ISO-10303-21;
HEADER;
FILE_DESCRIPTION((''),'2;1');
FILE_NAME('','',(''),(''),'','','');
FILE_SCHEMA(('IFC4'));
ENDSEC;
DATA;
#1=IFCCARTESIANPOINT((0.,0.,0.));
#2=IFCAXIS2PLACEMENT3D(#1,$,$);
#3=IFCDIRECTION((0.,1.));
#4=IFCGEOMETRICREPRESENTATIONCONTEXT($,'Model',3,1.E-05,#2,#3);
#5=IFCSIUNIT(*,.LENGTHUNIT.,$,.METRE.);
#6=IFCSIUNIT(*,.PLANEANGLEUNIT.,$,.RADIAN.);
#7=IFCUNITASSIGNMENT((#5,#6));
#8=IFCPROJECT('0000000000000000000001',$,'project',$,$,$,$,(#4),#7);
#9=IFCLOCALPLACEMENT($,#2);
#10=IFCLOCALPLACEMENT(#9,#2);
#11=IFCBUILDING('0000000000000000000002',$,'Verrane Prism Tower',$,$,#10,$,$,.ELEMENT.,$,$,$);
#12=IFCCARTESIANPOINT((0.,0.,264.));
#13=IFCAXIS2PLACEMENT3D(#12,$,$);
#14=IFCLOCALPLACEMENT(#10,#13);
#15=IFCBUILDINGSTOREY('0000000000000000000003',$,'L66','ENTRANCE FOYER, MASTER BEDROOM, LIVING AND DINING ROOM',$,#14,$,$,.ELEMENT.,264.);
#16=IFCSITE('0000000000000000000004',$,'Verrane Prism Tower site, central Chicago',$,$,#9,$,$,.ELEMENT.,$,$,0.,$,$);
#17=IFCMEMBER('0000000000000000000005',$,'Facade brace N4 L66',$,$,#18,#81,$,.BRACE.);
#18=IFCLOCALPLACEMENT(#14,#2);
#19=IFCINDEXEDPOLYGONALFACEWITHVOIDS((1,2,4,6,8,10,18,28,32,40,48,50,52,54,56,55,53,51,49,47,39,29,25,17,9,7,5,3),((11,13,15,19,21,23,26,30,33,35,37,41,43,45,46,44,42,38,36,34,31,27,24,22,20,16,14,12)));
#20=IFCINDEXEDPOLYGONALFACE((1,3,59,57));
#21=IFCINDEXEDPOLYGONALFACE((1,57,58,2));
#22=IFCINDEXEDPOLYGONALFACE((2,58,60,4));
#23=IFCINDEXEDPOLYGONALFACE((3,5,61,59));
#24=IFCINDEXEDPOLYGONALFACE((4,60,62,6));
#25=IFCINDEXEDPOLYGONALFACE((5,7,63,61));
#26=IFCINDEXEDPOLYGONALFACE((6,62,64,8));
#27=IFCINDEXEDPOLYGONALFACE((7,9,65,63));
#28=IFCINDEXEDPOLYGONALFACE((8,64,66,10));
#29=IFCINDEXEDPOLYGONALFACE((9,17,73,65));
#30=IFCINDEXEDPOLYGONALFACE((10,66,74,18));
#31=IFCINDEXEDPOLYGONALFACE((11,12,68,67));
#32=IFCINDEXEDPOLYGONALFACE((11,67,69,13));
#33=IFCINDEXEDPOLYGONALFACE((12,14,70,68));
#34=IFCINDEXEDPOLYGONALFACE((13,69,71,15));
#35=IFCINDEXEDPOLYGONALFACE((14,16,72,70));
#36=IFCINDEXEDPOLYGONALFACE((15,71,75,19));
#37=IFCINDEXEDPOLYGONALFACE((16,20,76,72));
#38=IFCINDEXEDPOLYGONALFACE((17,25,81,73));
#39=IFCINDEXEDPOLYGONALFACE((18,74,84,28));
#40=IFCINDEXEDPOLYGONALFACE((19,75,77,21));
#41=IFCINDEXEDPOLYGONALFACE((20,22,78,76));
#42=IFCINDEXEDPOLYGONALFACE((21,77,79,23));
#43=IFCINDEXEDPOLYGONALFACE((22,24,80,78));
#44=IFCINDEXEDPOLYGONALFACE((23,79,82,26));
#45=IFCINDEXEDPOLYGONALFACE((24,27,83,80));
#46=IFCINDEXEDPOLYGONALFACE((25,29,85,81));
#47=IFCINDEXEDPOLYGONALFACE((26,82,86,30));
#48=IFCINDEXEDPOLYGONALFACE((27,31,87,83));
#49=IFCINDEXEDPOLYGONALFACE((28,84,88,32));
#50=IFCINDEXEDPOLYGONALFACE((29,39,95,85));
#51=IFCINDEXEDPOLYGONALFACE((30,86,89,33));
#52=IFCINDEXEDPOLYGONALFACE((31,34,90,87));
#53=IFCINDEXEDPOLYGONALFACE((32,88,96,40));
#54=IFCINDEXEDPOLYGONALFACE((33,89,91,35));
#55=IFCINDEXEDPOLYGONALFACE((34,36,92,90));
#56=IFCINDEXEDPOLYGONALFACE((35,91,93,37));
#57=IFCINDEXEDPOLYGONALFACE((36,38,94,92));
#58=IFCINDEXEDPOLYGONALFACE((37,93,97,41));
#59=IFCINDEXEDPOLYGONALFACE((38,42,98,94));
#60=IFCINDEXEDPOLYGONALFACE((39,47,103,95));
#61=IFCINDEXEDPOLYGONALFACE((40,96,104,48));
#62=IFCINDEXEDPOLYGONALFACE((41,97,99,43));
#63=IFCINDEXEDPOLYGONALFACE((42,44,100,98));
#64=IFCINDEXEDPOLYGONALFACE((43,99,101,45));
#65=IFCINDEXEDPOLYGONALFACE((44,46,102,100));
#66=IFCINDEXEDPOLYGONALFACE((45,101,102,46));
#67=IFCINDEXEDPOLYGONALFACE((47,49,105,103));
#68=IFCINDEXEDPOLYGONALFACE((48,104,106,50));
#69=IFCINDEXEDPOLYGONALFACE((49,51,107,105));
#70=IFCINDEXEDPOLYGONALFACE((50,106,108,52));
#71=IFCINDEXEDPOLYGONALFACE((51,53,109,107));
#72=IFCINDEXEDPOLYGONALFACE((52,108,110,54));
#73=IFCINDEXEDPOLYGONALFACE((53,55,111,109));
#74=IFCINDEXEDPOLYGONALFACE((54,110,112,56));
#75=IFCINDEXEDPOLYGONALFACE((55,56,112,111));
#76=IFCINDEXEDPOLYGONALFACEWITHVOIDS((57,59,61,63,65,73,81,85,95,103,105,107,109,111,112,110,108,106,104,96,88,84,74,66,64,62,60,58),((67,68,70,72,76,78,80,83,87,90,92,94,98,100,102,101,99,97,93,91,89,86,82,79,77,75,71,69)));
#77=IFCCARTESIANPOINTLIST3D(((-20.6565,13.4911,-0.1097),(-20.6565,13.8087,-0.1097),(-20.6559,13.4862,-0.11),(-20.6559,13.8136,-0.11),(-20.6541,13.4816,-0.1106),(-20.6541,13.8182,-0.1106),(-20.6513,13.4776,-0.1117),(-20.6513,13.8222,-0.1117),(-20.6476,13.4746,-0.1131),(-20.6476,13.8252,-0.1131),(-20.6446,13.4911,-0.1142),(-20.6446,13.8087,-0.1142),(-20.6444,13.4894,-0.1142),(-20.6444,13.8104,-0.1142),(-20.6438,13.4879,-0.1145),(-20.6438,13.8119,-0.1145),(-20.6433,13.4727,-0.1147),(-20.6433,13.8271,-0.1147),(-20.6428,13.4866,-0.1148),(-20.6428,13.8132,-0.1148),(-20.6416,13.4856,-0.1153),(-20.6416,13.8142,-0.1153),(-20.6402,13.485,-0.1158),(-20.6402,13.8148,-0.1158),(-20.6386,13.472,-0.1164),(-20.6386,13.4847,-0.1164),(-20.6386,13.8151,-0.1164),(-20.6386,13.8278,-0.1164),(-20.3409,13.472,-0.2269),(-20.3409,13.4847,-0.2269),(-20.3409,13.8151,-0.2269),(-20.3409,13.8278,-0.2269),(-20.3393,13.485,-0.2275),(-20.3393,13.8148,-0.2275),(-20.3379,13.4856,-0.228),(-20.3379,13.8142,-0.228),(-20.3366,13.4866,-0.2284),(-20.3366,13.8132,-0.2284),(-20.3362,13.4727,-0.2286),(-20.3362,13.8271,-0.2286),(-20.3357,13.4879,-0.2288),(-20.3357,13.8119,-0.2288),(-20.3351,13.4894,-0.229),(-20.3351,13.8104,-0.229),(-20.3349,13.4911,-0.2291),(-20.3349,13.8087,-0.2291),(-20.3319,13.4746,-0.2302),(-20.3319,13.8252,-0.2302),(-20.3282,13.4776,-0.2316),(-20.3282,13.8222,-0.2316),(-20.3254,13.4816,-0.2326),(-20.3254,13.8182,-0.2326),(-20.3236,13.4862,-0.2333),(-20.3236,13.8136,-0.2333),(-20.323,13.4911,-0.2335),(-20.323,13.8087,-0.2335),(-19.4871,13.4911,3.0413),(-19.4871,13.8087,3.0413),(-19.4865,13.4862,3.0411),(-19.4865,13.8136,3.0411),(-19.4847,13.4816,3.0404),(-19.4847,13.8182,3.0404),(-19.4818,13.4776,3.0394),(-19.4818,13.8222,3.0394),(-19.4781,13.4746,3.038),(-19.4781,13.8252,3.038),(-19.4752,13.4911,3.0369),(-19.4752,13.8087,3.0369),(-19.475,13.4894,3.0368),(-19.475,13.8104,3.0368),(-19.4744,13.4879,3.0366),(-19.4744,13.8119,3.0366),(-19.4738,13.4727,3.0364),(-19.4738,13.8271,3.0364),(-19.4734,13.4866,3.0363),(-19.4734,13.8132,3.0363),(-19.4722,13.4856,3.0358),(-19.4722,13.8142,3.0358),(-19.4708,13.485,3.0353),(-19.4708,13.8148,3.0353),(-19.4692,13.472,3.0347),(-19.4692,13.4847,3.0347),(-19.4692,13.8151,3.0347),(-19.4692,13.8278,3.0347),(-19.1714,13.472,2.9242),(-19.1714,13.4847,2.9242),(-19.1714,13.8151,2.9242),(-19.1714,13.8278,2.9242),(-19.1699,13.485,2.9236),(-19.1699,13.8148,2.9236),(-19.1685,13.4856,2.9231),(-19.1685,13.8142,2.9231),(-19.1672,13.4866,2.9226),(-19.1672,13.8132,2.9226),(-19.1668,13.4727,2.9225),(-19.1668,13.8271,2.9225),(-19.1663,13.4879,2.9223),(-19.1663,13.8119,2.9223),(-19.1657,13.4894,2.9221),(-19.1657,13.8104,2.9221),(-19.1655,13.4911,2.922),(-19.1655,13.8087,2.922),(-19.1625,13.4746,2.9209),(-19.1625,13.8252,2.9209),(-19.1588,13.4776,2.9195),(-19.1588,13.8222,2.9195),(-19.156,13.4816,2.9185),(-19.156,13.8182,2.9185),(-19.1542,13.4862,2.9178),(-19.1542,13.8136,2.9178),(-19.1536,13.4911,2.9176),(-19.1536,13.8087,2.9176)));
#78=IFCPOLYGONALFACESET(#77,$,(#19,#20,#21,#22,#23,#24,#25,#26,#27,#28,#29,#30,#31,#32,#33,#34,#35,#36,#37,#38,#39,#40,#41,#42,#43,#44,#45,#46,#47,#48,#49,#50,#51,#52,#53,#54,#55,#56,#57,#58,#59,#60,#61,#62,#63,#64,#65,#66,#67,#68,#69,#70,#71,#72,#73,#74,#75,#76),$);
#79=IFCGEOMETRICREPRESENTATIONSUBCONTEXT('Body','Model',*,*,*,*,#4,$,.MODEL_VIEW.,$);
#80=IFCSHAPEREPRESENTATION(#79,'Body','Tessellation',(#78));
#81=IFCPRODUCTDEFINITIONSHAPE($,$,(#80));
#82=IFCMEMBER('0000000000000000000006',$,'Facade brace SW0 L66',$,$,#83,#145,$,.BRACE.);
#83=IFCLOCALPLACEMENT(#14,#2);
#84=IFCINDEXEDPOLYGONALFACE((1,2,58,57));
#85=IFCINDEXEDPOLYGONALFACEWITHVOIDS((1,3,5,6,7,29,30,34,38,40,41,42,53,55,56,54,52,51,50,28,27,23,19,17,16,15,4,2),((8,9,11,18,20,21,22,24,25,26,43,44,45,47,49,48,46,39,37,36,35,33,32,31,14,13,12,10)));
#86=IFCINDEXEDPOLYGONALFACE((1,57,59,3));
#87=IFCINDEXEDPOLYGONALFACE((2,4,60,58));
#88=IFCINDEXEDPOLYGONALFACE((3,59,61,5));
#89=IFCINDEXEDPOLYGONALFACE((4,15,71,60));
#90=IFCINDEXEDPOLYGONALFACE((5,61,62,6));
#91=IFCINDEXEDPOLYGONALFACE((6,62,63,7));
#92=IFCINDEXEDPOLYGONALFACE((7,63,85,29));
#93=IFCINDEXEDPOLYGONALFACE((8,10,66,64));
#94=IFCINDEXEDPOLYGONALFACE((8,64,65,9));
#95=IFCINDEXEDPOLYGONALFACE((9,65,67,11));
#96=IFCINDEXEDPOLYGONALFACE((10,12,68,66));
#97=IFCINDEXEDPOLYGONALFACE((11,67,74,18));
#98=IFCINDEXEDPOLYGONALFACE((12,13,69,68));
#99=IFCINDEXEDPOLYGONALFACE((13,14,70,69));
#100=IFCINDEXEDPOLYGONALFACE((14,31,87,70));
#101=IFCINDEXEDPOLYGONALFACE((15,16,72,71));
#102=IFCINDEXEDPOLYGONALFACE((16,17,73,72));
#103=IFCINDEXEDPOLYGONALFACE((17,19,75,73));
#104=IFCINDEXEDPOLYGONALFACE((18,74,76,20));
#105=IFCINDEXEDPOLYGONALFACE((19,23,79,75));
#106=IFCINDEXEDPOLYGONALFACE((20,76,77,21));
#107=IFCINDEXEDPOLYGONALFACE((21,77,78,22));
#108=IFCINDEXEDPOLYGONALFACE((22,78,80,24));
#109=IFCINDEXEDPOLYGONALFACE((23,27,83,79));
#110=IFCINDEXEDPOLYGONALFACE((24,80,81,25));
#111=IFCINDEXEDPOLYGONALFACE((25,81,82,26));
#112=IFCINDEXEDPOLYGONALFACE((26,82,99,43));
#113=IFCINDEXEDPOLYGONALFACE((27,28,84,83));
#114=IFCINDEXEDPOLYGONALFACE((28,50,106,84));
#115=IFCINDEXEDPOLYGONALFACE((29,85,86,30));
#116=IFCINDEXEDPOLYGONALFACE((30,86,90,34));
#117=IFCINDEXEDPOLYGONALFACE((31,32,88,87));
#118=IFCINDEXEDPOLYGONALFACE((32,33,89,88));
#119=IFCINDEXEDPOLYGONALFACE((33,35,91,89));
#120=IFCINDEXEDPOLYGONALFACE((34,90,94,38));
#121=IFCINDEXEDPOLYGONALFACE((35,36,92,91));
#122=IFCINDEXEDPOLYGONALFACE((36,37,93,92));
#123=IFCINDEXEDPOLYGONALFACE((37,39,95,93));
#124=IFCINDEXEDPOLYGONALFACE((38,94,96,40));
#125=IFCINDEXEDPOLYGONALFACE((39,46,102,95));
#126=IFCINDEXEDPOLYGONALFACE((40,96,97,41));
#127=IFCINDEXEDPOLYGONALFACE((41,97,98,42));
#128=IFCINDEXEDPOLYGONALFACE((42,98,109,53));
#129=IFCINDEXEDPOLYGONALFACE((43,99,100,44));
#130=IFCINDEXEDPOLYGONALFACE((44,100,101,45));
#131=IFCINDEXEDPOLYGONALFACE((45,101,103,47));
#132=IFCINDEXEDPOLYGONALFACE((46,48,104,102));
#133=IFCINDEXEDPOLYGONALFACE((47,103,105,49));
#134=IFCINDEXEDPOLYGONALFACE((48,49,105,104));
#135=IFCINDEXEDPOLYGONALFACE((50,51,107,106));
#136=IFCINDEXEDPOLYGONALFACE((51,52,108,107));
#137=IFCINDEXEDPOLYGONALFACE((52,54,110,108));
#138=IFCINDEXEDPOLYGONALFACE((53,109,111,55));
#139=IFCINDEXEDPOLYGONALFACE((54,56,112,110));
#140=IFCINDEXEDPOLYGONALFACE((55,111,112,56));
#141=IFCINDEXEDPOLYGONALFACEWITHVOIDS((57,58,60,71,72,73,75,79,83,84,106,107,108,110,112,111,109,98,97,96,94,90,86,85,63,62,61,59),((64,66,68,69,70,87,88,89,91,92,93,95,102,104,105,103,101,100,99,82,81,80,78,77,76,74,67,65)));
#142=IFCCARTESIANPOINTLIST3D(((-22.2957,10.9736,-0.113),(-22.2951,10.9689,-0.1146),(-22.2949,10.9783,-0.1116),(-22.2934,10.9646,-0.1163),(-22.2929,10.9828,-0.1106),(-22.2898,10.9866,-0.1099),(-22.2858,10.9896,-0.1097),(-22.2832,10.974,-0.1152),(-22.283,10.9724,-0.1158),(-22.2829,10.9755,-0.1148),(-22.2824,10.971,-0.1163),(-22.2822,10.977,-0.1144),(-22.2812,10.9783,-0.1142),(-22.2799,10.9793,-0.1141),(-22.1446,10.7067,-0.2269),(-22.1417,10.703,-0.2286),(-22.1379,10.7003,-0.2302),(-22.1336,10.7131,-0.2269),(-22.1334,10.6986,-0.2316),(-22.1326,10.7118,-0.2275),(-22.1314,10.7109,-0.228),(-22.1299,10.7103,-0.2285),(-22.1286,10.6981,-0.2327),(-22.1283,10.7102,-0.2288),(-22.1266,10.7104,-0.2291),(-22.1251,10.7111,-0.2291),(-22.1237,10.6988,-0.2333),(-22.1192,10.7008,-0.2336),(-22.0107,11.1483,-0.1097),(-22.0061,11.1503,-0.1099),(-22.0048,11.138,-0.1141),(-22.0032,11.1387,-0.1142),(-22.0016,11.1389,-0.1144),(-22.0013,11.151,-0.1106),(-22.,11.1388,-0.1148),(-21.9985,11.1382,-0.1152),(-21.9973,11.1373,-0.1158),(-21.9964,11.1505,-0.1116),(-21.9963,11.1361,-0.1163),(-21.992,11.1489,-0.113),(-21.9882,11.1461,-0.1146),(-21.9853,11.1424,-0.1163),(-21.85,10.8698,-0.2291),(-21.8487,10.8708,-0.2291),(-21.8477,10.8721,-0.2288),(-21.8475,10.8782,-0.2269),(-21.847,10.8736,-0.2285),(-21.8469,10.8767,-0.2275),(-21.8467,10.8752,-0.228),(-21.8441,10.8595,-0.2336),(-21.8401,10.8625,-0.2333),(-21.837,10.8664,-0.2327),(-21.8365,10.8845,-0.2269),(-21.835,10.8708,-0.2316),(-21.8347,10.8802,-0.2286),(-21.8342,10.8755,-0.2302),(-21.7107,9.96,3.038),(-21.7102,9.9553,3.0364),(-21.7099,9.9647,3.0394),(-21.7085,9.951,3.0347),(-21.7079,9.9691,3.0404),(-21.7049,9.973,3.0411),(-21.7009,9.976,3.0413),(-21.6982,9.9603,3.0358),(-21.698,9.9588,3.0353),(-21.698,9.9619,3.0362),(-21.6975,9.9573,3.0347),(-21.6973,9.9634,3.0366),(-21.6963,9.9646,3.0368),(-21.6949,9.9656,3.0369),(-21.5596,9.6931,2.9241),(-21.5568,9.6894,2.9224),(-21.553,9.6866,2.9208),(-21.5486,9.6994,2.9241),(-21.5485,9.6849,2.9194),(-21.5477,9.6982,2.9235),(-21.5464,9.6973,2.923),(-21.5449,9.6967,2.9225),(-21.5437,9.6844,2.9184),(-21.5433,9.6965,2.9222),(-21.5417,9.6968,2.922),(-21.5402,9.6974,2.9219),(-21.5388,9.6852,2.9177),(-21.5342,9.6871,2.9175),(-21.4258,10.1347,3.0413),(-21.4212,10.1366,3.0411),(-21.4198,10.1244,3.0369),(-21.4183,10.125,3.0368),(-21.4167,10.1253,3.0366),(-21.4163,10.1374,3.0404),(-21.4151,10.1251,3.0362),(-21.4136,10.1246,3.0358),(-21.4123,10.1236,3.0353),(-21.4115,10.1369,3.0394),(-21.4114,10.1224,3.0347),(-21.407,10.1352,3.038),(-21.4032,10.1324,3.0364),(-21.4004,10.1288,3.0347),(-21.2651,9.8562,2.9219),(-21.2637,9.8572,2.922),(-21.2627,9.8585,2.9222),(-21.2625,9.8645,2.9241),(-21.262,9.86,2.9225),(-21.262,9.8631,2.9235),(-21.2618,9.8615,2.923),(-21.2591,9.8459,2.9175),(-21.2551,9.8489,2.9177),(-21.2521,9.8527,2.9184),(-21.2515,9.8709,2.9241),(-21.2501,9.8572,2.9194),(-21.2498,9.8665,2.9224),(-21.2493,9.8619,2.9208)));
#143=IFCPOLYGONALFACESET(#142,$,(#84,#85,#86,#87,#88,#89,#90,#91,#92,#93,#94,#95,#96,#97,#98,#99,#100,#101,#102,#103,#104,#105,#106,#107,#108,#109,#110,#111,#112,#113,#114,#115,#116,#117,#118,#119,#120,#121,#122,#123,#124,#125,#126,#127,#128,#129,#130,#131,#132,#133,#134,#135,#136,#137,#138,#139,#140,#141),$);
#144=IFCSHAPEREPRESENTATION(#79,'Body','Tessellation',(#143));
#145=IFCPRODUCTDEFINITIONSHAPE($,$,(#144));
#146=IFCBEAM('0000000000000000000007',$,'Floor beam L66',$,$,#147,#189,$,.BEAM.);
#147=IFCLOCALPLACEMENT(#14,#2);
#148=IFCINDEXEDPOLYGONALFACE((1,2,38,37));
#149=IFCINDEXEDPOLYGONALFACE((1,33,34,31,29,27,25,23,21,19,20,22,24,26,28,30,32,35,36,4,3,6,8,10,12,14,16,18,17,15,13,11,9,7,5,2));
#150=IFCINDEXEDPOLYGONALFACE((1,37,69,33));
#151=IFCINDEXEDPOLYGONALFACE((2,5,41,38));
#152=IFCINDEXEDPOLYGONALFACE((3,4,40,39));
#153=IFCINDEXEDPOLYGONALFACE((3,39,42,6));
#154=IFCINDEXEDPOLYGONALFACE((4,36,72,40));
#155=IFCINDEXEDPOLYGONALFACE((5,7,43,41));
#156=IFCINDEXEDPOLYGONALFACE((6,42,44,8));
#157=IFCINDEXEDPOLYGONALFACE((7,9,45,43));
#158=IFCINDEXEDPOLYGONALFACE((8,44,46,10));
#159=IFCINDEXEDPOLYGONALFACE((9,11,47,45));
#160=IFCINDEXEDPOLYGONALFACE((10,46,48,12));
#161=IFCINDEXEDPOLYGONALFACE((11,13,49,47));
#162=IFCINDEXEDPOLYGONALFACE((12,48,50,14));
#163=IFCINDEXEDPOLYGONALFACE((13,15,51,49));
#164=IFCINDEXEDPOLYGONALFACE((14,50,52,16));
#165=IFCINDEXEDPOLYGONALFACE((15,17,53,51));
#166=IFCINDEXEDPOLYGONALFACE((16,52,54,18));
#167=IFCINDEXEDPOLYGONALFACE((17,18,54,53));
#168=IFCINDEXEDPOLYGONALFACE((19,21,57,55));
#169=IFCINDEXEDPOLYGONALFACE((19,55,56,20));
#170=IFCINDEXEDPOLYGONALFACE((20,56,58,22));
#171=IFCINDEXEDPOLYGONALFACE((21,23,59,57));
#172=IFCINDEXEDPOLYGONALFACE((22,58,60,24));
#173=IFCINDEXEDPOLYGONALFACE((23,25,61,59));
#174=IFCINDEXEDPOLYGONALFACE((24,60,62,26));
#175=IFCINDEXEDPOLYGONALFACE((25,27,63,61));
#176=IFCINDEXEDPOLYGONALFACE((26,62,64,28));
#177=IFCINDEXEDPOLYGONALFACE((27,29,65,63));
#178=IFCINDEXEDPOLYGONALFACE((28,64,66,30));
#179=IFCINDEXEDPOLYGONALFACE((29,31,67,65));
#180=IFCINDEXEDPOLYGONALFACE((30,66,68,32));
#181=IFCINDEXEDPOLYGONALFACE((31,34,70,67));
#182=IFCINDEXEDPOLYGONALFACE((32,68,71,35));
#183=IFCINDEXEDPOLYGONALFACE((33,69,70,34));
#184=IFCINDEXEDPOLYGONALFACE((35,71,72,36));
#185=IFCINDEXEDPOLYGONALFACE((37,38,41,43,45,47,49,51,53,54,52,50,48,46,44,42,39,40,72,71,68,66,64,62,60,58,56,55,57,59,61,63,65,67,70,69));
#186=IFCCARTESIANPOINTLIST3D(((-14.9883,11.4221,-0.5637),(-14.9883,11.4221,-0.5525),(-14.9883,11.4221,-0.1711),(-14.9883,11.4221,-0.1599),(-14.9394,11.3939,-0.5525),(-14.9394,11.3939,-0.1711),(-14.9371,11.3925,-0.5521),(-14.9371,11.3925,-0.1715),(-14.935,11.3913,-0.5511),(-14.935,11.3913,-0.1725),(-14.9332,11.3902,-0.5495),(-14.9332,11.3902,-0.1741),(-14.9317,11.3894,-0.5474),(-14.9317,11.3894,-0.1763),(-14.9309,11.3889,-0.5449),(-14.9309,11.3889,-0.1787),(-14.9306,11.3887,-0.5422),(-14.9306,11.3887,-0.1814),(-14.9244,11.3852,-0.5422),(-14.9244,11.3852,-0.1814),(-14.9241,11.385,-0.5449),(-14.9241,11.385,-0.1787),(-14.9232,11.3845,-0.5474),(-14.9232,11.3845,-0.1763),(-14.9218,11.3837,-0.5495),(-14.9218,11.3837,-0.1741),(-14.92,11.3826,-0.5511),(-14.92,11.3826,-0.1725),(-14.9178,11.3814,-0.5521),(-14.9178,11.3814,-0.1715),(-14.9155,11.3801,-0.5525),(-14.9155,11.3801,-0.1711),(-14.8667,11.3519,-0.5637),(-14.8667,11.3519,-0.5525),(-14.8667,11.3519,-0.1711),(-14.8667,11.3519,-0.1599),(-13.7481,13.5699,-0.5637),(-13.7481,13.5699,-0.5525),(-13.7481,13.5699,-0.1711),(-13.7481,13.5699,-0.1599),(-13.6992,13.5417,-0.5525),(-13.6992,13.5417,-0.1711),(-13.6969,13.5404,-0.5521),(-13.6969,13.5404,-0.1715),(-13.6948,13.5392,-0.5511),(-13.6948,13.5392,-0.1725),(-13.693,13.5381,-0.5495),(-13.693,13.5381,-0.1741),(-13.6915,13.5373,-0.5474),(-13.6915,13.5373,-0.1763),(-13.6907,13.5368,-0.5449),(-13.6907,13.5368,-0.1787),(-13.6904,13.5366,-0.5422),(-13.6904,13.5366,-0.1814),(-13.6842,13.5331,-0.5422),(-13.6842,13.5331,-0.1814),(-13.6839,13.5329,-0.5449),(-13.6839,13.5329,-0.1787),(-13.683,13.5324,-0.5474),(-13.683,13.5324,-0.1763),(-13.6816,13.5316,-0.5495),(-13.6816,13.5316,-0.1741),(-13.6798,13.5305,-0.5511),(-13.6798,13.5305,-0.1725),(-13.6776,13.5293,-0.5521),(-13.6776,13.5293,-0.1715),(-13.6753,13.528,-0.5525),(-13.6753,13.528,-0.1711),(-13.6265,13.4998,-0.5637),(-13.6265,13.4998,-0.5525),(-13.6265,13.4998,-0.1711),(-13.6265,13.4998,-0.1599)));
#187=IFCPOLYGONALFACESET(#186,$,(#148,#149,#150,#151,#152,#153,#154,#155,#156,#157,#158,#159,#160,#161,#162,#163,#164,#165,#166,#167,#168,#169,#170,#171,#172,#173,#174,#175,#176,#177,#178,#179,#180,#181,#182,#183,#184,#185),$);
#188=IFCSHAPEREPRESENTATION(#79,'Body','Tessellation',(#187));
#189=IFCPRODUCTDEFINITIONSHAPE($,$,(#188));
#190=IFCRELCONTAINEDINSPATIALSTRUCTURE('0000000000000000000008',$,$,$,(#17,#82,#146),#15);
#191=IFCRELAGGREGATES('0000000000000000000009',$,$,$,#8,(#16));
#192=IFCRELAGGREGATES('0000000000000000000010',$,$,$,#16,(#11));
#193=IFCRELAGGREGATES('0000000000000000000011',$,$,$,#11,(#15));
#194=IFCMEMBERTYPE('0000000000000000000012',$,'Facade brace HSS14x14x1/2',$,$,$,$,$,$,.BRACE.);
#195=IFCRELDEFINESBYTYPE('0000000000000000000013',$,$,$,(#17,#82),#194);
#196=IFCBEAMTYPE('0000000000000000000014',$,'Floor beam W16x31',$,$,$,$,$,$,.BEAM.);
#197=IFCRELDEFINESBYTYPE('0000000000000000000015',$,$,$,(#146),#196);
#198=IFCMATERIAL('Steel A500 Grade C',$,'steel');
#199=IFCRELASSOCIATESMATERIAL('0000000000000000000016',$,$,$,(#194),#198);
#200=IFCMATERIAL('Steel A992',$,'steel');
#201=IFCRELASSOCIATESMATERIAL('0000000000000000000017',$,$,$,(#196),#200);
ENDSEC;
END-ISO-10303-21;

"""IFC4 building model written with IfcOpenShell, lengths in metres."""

from ifc_helpers import new_model, si_unit, direction, frame, origin, origin_2d, place, context, subcontext, project, spatial, hollow_rectangle, i_section, extrude, material, material_profile, profile_set, type_object, element, save


model = new_model("IFC4")

# Units and contexts
model_context = context("Model", 3, precision=1e-05, world=origin(), true_north=direction((0.0, 1.0)))
body_context = subcontext(model_context, "Body", "Model", "MODEL_VIEW")
ifc_project = project(units=[si_unit("LENGTHUNIT", "METRE"), si_unit("PLANEANGLEUNIT", "RADIAN")], contexts=[model_context])

# Site, building, storey
site_placement = place(None, origin())
site = spatial("IfcSite", under=ifc_project, at=site_placement, Name="Verrane Prism Tower site, central Chicago", CompositionType="ELEMENT", RefElevation=0.0)
building_placement = place(site_placement, origin())
building = spatial("IfcBuilding", under=site, at=building_placement, Name="Verrane Prism Tower", CompositionType="ELEMENT")
storey_placement = place(building_placement, frame((0.0, 0.0, 264.0)))
storey = spatial("IfcBuildingStorey", under=building, at=storey_placement, Name="L66", Description="ENTRANCE FOYER, MASTER BEDROOM, LIVING AND DINING ROOM", CompositionType="ELEMENT", Elevation=264.0)

# Members
ifc_material_1 = material(Name="Steel A500 Grade C", Category="steel")
ifc_material_profile_1 = material_profile(ifc_material_1, hollow_rectangle(XDim=0.3557, YDim=0.3557, WallThickness=0.0127, InnerFilletRadius=0.0063, OuterFilletRadius=0.019, at=origin_2d()), Name="HSS14x14x1/2")
ifc_profile_set_1 = profile_set([ifc_material_profile_1], Name="Steel A500 Grade C")
member_type_1 = type_object("IfcMemberType", Name="Facade brace HSS14x14x1/2", PredefinedType="BRACE", material=ifc_profile_set_1)
member_1_placement = place(storey_placement, frame((-20.4897, 13.6499, -0.1716), z_axis=(0.347929, 0.0, 0.937521), x_axis=(0.0, 1.0, 0.0)))
element("IfcMember", 1, at=member_1_placement, inside=storey, type_object=member_type_1, Name="Facade brace N4 L66", PredefinedType="BRACE", context=body_context, shape_type="SweptSolid", body=[
    extrude(hollow_rectangle(XDim=0.3557, YDim=0.3557, WallThickness=0.0127, InnerFilletRadius=0.0063, OuterFilletRadius=0.019, at=origin_2d()), origin(), (0.0, 0.0, 1.0), 3.3611),
])
member_2_placement = place(storey_placement, frame((-22.0649, 10.9246, -0.1716), z_axis=(0.174021, -0.301559, 0.937432), x_axis=(0.86613, 0.499819, 0.0)))
element("IfcMember", 2, at=member_2_placement, inside=storey, type_object=member_type_1, Name="Facade brace SW0 L66", PredefinedType="BRACE", context=body_context, shape_type="SweptSolid", body=[
    extrude(hollow_rectangle(XDim=0.3557, YDim=0.3557, WallThickness=0.0127, InnerFilletRadius=0.0063, OuterFilletRadius=0.019, at=origin_2d()), origin(), (0.0, 0.0, 1.0), 3.3613),
])

# Beam
ifc_material_2 = material(Name="Steel A992", Category="steel")
ifc_material_profile_2 = material_profile(ifc_material_2, i_section(OverallWidth=0.1404, OverallDepth=0.4038, WebThickness=0.0071, FlangeThickness=0.0112, FilletRadius=0.0103, at=origin_2d()), Name="W16x31")
ifc_profile_set_2 = profile_set([ifc_material_profile_2], Name="Steel A992")
beam_type_1 = type_object("IfcBeamType", Name="Floor beam W16x31", PredefinedType="BEAM", material=ifc_profile_set_2)
beam_1_placement = place(storey_placement, frame((-14.9275, 11.387, -0.3618), z_axis=(0.500035, 0.866005, 0.0), x_axis=(-0.866005, 0.500035, 0.0)))
element("IfcBeam", 3, at=beam_1_placement, inside=storey, type_object=beam_type_1, Name="Floor beam L66", PredefinedType="BEAM", context=body_context, shape_type="SweptSolid", body=[
    extrude(i_section(OverallWidth=0.1404, OverallDepth=0.4038, WebThickness=0.0071, FlangeThickness=0.0112, FilletRadius=0.0103, at=origin_2d()), origin(), (0.0, 0.0, 1.0), 2.4802),
])

save(model, "model.ifc")
